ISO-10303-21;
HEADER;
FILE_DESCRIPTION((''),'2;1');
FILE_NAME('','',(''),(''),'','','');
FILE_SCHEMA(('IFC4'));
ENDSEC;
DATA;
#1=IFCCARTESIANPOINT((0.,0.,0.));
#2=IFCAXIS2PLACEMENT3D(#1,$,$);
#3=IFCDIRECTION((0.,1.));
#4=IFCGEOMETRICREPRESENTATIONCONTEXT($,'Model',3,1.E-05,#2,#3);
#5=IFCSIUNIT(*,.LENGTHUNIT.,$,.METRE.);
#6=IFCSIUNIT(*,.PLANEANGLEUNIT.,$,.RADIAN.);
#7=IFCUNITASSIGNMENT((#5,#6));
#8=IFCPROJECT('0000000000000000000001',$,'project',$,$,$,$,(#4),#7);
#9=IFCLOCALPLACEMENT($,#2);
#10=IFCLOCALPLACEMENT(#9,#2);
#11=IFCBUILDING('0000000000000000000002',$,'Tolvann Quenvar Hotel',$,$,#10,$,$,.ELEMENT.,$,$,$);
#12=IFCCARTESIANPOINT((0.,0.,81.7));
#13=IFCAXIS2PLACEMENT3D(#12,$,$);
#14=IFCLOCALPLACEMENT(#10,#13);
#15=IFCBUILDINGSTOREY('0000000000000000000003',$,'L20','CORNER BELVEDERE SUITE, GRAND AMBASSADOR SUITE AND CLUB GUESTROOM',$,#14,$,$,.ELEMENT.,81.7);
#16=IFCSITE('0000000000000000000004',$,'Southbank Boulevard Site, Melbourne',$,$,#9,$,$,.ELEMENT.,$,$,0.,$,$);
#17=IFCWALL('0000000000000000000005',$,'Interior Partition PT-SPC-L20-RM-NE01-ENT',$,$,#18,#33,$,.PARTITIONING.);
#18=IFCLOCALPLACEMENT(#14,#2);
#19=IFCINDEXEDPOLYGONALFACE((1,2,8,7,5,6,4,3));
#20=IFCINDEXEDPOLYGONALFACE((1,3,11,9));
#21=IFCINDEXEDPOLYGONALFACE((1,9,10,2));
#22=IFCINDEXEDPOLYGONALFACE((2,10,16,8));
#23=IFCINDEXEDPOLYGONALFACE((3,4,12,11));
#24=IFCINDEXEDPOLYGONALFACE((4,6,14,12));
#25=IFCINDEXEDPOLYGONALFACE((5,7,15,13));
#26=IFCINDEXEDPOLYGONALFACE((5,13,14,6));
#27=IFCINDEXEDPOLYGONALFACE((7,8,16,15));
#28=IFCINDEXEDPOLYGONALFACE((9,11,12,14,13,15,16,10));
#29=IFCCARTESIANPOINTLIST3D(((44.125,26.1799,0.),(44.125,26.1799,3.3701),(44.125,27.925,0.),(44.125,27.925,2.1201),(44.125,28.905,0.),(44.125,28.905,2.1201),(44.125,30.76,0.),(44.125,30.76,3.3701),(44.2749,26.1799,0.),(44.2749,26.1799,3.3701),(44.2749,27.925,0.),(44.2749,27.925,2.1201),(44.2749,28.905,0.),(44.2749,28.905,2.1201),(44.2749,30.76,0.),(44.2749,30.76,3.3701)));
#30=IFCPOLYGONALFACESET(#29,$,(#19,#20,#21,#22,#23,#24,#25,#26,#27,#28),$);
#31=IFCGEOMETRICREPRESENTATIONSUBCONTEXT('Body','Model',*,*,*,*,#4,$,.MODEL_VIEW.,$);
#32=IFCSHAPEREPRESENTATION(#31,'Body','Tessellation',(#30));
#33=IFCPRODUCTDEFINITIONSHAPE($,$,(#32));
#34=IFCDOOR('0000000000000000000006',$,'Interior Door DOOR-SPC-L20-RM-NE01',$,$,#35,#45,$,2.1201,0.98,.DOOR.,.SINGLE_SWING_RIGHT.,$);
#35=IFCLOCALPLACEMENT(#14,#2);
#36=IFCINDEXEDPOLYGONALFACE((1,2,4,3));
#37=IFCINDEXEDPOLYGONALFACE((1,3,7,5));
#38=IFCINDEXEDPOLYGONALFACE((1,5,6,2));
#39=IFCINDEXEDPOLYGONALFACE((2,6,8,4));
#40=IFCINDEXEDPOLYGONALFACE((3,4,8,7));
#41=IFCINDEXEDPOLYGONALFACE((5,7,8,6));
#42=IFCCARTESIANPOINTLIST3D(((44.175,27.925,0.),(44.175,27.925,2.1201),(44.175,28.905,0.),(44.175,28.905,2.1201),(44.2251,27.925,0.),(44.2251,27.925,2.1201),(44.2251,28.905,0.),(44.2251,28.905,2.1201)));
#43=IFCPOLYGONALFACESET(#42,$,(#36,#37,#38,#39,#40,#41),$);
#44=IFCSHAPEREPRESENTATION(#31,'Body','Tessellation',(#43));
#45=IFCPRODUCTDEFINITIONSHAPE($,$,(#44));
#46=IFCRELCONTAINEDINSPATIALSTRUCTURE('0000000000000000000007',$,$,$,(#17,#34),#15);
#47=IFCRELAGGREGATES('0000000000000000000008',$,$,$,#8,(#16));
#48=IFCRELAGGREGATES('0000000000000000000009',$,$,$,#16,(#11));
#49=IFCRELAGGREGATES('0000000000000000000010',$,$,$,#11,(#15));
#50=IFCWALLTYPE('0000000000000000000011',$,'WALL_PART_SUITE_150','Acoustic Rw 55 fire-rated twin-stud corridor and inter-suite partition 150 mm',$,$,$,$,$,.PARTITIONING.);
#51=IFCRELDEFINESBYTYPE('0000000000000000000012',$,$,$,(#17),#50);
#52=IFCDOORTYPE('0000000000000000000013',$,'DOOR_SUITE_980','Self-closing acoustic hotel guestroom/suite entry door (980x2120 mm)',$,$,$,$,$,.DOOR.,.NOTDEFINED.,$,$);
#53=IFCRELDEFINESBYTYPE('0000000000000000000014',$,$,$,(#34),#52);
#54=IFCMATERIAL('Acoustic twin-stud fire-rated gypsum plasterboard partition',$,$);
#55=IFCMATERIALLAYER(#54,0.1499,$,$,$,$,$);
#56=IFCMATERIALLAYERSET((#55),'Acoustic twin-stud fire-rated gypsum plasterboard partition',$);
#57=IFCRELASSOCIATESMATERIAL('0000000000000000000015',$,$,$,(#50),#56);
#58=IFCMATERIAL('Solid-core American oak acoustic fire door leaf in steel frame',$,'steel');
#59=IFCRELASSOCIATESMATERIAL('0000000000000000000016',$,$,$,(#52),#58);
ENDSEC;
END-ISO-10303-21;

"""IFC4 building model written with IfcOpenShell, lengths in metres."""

from ifc_helpers import new_model, si_unit, direction, frame, frame_2d, origin, place, context, subcontext, project, spatial, rectangle, extrude, source, transform, mapped, material, layer, layer_set, type_object, type_shapes, element, fill, save


model = new_model("IFC4")

# Units and contexts
model_context = context("Model", 3, precision=1e-05, world=origin(), true_north=direction((0.0, 1.0)))
body_context = subcontext(model_context, "Body", "Model", "MODEL_VIEW")
ifc_project = project(units=[si_unit("LENGTHUNIT", "METRE"), si_unit("PLANEANGLEUNIT", "RADIAN")], contexts=[model_context])

# Site, building, storey
site_placement = place(None, origin())
site = spatial("IfcSite", under=ifc_project, at=site_placement, Name="Southbank Boulevard Site, Melbourne", CompositionType="ELEMENT", RefElevation=0.0)
building_placement = place(site_placement, origin())
building = spatial("IfcBuilding", under=site, at=building_placement, Name="Tolvann Quenvar Hotel", CompositionType="ELEMENT")
storey_placement = place(building_placement, frame((0.0, 0.0, 81.7)))
storey = spatial("IfcBuildingStorey", under=building, at=storey_placement, Name="L20", Description="CORNER BELVEDERE SUITE, GRAND AMBASSADOR SUITE AND CLUB GUESTROOM", CompositionType="ELEMENT", Elevation=81.7)

# Shared definitions
ifc_material_1 = material(Name="Acoustic twin-stud fire-rated gypsum plasterboard partition")
ifc_layer_1 = layer(ifc_material_1, 0.1499)
ifc_layer_set_1 = layer_set([ifc_layer_1], Name="Acoustic twin-stud fire-rated gypsum plasterboard partition")
wall_type_1 = type_object("IfcWallType", Name="WALL_PART_SUITE_150", Description="Acoustic Rw 55 fire-rated twin-stud corridor and inter-suite partition 150 mm", PredefinedType="PARTITIONING", material=ifc_layer_set_1)
ifc_material_2 = material(Name="Solid-core American oak acoustic fire door leaf in steel frame", Category="steel")

# Wall, opening, door
wall_1_placement = place(storey_placement, frame((44.2, 26.1799, 0.0), z_axis=(0.0, 0.0, 1.0), x_axis=(0.0, 1.0, 0.0)))
wall_1 = element("IfcWall", 1, at=wall_1_placement, inside=storey, type_object=wall_type_1, Name="Interior Partition PT-SPC-L20-RM-NE01-ENT", PredefinedType="PARTITIONING", context=body_context, shape_type="SweptSolid", body=[
    extrude(rectangle(XDim=4.5801, YDim=0.1499, at=frame_2d((2.29, 0.0))), origin(), (0.0, 0.0, 1.0), 3.3701),
])
opening_1_placement = place(wall_1_placement, frame((1.7451, 0.0, 0.0)))
opening_1 = element("IfcOpeningElement", 2, at=opening_1_placement, cuts=wall_1, PredefinedType="OPENING", context=body_context, shape_type="SweptSolid", body=[
    extrude(rectangle(XDim=0.98, YDim=2.1201, at=frame_2d((0.49, 1.0601))), frame((0.0, 0.085, 0.0), z_axis=(0.0, -1.0, 0.0), x_axis=(1.0, 0.0, 0.0)), (0.0, 0.0, 1.0), 0.1699),
])
door_type_1 = type_object("IfcDoorType", Name="DOOR_SUITE_980", Description="Self-closing acoustic hotel guestroom/suite entry door (980x2120 mm)", OperationType="NOTDEFINED", PredefinedType="DOOR", material=ifc_material_2)
shared_shape_1 = source(origin(), body_context, "Body", "SweptSolid", [
    extrude(rectangle(XDim=0.98, YDim=2.1201, at=frame_2d((0.49, 1.0601))), frame((0.0, 0.0249, 0.0), z_axis=(0.0, -1.0, 0.0), x_axis=(1.0, 0.0, 0.0)), (0.0, 0.0, 1.0), 0.05),
])
type_shapes(door_type_1, [shared_shape_1])
door_1_placement = place(opening_1_placement, origin())
door_1 = element("IfcDoor", 3, at=door_1_placement, inside=storey, type_object=door_type_1, Name="Interior Door DOOR-SPC-L20-RM-NE01", OperationType="SINGLE_SWING_RIGHT", OverallHeight=2.1201, OverallWidth=0.98, PredefinedType="DOOR", context=body_context, shape_type="MappedRepresentation", body=[
    mapped(shared_shape_1, transform((0.0, 0.0, 0.0), x_axis=(1.0, 0.0, 0.0), y_axis=(0.0, 1.0, 0.0), z_axis=(0.0, 0.0, 1.0), scale=1.0)),
])
fill(opening_1, door_1)

save(model, "model.ifc")
